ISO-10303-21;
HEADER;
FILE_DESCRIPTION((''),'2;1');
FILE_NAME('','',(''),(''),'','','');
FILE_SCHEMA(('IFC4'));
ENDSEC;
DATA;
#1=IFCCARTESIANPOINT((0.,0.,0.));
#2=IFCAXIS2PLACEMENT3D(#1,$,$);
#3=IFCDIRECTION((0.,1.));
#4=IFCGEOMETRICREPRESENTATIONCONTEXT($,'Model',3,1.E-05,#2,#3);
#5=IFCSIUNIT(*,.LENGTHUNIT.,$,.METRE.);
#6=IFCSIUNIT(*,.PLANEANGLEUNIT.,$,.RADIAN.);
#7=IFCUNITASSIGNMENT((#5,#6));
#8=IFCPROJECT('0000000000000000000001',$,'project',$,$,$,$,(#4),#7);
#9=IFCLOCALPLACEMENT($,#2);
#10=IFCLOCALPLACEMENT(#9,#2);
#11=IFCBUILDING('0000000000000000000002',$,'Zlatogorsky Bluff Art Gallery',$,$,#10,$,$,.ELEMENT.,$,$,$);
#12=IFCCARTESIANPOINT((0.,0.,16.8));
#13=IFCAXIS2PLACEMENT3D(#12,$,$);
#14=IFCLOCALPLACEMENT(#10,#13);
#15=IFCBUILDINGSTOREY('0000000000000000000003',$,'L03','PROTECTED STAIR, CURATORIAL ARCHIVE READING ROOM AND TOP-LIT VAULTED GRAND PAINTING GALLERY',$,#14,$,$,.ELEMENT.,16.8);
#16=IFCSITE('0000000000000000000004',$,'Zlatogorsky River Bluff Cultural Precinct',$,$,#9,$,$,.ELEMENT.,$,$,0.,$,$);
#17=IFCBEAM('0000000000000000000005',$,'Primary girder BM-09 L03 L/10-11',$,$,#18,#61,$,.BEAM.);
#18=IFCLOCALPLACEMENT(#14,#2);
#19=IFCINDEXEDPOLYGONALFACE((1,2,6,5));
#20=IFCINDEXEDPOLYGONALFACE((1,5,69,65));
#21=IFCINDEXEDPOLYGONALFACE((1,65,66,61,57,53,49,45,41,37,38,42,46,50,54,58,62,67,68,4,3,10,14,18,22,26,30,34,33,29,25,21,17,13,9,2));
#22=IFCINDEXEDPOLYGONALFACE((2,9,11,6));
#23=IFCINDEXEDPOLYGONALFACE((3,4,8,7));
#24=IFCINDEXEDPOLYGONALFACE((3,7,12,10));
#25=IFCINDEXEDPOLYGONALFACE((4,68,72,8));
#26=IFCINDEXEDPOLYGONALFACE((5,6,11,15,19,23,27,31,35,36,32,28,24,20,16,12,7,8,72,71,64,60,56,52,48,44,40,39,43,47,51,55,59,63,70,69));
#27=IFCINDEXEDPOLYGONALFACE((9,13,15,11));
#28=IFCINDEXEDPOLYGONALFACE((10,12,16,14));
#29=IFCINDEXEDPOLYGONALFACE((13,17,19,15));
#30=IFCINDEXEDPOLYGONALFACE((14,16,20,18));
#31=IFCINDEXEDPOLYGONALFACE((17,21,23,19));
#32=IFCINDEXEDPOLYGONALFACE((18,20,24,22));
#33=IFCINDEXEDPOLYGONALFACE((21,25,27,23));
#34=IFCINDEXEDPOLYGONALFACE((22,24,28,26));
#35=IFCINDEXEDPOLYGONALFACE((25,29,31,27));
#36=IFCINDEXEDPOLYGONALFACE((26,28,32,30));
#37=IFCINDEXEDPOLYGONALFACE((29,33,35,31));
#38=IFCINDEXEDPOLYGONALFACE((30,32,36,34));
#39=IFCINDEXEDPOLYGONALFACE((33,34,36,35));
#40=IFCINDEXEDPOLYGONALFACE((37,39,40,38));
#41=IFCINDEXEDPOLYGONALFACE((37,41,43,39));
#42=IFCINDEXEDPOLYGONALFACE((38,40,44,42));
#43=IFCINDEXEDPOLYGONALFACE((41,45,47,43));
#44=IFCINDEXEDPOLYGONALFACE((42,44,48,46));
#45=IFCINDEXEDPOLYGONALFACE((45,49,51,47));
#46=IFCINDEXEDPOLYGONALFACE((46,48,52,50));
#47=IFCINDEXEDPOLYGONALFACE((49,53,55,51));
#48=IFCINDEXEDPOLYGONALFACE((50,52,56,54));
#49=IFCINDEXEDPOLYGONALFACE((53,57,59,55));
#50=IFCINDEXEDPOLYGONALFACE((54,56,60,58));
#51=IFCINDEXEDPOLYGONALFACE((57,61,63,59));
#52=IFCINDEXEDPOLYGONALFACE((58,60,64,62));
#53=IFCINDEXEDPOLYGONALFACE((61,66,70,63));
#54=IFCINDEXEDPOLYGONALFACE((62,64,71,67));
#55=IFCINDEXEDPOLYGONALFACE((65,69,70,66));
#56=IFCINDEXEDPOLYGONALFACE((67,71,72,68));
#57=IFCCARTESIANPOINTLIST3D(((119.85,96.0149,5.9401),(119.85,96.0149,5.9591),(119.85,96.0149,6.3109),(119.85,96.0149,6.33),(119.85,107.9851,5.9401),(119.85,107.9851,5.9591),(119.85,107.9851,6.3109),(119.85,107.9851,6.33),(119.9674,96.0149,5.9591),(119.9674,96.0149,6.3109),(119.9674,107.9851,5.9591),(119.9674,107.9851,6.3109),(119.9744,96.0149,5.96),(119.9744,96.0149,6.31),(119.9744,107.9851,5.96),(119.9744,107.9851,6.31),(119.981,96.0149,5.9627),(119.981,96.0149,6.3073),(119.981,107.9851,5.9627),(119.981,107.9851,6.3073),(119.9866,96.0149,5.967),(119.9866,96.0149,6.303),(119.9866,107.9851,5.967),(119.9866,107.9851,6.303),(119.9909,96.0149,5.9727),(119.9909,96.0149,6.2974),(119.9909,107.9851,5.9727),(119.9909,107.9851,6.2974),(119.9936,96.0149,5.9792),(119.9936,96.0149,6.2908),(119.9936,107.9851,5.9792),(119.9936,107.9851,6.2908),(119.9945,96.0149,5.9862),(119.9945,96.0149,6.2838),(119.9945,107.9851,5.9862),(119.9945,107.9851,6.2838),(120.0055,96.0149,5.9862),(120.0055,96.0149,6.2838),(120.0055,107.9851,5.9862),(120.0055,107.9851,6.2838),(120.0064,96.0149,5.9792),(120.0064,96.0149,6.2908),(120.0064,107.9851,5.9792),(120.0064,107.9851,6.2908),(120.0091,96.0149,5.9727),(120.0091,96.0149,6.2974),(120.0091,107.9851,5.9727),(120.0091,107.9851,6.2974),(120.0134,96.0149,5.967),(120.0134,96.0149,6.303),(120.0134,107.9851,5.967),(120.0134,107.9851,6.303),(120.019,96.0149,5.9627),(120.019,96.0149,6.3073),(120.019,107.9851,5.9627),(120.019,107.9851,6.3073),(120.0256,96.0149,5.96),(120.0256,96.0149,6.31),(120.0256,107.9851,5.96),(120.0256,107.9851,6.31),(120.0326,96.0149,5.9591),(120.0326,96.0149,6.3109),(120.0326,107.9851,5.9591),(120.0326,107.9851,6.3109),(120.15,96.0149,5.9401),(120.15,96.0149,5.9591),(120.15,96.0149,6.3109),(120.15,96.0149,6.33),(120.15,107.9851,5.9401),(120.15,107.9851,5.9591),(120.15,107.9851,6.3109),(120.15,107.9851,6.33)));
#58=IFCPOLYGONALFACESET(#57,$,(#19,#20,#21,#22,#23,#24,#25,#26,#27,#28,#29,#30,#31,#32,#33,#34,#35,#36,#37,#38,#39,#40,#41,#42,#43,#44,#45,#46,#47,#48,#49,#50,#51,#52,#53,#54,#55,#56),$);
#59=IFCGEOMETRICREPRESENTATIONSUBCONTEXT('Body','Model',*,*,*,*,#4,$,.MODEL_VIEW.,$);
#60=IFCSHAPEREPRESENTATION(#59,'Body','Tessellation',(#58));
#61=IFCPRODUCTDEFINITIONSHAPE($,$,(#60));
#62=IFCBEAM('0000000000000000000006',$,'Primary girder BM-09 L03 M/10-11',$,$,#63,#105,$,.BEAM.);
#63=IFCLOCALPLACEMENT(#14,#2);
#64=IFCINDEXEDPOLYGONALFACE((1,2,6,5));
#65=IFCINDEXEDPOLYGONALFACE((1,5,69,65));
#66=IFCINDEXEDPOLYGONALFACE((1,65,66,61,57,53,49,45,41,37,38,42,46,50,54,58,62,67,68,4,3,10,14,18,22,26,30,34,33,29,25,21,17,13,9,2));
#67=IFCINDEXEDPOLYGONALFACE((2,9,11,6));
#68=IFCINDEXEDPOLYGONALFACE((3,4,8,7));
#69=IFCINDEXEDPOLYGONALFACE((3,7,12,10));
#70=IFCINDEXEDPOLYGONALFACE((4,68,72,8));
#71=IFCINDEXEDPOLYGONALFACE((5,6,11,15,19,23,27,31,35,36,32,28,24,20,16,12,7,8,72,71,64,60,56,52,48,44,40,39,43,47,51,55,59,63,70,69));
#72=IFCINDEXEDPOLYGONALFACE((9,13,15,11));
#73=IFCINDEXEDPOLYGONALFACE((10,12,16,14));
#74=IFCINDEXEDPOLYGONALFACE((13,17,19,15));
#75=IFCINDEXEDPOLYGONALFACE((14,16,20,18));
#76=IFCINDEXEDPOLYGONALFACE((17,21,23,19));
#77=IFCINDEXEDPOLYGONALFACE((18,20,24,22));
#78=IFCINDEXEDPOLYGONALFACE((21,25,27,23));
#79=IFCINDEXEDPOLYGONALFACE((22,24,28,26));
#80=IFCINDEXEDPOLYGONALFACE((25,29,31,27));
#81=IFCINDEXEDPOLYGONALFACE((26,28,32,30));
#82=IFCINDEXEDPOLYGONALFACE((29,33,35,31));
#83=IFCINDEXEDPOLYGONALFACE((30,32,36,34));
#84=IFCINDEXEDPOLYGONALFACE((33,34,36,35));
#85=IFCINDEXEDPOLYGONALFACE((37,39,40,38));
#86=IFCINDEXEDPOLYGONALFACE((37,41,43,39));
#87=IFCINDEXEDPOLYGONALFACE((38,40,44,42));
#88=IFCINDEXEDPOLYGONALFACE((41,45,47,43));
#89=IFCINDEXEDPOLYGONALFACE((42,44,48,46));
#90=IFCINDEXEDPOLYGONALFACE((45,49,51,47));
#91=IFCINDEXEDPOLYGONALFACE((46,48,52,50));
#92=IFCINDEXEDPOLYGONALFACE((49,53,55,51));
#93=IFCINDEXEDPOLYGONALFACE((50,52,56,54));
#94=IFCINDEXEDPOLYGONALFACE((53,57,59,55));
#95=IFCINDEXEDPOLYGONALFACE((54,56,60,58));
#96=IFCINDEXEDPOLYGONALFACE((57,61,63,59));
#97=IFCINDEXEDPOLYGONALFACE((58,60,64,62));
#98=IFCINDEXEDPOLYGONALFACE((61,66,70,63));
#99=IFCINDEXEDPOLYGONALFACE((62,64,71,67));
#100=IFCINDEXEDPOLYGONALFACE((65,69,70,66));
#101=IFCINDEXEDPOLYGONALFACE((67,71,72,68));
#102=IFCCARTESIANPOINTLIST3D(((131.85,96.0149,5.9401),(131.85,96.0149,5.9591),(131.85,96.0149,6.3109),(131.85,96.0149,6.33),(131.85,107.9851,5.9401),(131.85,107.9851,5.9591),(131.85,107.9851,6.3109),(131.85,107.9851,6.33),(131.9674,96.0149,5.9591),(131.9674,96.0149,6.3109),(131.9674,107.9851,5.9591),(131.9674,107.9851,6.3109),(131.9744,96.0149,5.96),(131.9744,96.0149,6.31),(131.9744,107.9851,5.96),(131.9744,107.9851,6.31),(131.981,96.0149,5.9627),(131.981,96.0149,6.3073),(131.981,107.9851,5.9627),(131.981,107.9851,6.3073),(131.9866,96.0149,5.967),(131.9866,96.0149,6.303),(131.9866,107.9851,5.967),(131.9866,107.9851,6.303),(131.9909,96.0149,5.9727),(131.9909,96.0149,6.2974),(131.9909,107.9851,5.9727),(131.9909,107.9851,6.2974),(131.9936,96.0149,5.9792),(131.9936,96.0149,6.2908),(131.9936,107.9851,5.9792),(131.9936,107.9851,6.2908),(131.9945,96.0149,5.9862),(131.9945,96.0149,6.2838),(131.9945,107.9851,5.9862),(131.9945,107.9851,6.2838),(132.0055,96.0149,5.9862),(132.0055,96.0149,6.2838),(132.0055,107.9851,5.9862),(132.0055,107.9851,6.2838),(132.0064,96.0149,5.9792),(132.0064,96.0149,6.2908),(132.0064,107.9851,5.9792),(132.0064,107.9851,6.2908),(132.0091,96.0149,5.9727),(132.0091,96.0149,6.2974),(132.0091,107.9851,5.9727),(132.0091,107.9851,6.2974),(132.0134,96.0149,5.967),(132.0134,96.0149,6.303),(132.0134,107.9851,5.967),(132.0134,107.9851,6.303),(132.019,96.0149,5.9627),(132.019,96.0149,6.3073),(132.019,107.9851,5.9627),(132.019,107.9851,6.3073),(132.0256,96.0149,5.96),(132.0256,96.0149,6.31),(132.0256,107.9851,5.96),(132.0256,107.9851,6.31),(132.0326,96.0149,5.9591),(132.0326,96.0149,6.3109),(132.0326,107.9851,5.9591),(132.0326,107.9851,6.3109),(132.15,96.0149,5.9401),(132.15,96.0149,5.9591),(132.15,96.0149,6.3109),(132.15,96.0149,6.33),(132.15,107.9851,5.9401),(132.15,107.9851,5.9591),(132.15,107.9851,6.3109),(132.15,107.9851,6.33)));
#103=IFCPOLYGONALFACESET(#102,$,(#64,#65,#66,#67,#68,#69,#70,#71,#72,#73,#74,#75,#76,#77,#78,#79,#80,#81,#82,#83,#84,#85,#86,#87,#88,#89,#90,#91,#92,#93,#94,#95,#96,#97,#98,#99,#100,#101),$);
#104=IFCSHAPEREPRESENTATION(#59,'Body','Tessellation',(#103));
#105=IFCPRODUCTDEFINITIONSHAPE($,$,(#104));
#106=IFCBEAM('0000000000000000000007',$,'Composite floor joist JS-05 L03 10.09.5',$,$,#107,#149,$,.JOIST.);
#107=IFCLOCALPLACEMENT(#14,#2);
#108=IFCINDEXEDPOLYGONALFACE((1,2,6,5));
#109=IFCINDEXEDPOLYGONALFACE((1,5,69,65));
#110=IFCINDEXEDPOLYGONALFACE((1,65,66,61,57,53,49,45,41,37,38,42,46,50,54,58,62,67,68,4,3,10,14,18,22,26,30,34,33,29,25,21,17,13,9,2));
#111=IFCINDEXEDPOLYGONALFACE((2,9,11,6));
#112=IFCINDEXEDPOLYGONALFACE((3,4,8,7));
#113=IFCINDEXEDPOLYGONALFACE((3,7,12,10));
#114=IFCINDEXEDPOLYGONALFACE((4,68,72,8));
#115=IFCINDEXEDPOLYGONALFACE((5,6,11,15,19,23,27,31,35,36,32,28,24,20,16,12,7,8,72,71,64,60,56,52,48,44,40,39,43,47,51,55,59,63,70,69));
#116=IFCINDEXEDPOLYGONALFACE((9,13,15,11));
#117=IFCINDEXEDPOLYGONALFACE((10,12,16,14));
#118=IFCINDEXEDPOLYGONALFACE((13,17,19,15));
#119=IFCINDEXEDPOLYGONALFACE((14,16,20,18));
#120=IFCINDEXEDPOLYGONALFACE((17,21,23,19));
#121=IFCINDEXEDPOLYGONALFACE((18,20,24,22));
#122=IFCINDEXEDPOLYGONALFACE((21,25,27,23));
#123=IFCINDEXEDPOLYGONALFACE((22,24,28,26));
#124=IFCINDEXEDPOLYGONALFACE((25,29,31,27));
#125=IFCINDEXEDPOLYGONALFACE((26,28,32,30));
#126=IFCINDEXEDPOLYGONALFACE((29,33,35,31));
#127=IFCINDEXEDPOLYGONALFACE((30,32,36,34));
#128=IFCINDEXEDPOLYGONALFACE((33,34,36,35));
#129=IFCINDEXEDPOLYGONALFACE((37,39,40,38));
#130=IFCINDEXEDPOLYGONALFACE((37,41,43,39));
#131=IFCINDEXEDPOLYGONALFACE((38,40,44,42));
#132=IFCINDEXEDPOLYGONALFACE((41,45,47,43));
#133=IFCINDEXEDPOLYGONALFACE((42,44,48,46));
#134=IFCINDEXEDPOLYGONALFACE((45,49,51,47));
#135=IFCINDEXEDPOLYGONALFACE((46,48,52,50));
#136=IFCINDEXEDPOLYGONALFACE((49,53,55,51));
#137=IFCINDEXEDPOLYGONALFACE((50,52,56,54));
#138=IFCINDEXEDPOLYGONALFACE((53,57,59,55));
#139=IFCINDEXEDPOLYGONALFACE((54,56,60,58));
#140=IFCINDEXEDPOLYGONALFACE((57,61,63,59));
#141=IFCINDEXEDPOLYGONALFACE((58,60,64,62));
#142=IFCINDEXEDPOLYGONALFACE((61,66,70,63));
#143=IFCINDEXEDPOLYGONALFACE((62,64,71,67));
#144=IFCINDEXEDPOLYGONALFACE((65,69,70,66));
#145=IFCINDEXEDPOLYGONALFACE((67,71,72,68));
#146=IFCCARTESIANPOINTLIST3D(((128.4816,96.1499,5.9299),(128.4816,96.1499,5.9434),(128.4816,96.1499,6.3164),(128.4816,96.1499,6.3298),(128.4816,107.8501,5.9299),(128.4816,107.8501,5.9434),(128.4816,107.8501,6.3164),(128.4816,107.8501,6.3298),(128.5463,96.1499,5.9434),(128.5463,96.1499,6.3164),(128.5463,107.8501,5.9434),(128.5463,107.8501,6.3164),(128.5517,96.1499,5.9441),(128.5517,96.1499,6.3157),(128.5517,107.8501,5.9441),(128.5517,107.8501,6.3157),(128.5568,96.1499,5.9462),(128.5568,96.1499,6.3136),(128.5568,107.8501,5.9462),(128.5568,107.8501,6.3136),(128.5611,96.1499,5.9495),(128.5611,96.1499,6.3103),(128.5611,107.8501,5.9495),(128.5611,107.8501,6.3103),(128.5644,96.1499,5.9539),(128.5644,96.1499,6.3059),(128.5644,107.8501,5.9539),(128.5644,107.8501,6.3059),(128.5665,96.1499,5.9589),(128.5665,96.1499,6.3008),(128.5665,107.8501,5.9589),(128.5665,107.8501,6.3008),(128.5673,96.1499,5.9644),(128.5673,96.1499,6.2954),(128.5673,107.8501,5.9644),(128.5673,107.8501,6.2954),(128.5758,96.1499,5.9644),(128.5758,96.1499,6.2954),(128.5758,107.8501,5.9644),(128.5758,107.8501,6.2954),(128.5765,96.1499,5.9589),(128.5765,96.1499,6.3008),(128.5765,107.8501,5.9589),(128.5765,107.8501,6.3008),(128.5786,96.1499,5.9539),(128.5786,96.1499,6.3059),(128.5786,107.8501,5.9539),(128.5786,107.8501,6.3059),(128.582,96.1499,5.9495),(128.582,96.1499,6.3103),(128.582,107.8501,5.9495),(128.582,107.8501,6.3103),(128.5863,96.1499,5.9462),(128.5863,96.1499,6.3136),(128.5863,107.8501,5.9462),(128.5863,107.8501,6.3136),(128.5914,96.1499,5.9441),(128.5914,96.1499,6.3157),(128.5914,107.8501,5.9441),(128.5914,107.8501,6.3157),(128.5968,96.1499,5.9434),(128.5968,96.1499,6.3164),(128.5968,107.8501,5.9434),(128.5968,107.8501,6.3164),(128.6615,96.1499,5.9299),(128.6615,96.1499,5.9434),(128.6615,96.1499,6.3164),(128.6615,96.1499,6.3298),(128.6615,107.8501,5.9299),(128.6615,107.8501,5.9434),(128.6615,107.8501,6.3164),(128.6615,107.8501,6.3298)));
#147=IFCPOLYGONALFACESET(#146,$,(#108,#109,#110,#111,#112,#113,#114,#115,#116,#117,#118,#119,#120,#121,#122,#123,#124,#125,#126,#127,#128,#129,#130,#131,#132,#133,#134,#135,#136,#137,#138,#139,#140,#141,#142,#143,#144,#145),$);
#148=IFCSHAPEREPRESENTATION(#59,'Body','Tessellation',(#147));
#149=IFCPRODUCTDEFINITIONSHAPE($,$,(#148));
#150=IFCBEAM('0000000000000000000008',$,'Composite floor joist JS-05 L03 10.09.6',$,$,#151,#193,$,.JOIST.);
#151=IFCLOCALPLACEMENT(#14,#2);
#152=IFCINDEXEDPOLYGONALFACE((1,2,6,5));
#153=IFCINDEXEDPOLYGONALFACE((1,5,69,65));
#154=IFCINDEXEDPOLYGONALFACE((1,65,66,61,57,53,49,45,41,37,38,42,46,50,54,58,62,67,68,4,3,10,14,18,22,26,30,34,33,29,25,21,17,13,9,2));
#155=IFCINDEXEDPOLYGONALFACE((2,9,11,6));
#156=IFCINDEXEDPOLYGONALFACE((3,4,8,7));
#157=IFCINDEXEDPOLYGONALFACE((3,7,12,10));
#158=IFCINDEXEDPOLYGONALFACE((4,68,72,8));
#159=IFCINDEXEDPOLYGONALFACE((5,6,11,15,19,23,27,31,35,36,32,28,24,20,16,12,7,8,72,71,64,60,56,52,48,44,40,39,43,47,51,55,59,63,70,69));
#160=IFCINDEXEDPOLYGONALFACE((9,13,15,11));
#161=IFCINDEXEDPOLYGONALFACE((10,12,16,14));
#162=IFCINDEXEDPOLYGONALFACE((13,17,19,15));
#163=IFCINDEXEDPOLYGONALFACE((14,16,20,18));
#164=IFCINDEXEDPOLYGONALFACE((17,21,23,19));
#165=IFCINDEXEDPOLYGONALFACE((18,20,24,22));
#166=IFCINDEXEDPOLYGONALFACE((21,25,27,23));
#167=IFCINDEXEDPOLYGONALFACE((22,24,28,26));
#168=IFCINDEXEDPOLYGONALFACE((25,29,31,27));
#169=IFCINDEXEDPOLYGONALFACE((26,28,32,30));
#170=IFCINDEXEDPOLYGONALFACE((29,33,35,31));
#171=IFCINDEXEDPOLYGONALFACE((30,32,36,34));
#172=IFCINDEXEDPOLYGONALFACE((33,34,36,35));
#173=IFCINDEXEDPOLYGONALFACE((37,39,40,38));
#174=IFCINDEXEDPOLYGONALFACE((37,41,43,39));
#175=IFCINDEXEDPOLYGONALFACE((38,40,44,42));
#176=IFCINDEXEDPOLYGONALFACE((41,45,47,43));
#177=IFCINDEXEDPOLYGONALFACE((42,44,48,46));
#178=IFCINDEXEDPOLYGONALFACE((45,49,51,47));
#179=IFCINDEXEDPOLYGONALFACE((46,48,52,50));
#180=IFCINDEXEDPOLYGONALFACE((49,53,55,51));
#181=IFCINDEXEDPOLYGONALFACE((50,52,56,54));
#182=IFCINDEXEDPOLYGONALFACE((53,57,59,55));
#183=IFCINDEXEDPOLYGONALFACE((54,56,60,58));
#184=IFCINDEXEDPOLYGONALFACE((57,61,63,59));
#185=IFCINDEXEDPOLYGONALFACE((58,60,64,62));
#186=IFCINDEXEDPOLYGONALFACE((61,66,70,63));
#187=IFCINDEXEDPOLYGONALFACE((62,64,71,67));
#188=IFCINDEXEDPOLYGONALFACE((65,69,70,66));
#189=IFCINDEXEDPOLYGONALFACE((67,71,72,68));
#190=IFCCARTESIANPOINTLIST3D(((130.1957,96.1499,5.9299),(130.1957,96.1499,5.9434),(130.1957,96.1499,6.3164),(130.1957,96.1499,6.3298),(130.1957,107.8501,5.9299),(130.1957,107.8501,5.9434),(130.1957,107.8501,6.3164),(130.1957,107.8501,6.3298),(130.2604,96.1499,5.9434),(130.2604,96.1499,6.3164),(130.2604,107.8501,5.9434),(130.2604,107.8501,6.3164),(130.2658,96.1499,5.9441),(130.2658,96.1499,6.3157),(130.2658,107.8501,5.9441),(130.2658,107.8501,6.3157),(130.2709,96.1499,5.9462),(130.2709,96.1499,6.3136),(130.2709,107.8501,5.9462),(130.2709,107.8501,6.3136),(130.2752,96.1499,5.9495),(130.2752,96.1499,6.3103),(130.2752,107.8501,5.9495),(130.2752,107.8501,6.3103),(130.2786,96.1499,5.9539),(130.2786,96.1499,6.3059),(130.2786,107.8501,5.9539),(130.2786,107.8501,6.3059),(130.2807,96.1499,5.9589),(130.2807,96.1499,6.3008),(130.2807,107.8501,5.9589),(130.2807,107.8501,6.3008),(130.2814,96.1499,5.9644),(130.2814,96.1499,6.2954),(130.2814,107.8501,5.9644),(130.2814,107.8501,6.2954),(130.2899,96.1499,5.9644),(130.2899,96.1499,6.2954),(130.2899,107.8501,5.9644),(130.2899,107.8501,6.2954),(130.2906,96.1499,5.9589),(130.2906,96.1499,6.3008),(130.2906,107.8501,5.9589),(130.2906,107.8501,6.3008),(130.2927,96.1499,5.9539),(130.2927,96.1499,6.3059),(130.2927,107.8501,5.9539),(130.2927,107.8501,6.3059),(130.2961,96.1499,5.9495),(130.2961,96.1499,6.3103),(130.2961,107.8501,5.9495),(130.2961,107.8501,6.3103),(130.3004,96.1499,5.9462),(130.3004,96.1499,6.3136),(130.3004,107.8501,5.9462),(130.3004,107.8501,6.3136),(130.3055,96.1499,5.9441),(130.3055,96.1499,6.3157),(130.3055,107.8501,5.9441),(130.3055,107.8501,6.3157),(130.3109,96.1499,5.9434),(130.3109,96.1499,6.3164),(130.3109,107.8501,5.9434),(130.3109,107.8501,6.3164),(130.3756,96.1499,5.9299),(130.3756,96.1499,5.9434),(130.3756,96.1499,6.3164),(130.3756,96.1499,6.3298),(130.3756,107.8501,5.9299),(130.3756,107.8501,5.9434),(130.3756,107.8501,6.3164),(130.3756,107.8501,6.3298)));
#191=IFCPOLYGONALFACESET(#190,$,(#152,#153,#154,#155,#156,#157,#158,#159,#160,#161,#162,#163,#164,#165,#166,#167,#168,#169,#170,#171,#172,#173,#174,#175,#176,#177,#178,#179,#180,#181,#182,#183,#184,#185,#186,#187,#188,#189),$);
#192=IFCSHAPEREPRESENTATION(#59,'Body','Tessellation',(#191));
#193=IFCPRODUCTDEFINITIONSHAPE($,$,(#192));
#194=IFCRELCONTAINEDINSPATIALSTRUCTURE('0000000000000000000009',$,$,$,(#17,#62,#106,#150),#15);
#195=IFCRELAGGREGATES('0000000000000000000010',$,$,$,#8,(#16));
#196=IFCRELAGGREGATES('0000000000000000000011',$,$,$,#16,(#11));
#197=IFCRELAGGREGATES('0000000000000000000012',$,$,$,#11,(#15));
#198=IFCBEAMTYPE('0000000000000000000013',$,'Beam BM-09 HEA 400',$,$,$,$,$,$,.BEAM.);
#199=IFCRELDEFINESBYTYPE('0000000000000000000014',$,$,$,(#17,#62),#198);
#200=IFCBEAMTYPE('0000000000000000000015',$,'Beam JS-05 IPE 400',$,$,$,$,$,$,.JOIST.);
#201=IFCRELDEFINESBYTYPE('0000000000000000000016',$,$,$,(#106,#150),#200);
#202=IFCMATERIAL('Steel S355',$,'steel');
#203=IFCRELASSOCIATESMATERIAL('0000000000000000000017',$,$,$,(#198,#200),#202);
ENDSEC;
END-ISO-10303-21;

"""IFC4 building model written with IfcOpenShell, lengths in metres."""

from ifc_helpers import new_model, si_unit, direction, frame, origin, origin_2d, place, context, subcontext, project, spatial, i_section, extrude, material, material_profile, profile_set, type_object, element, save


model = new_model("IFC4")

# Units and contexts
model_context = context("Model", 3, precision=1e-05, world=origin(), true_north=direction((0.0, 1.0)))
body_context = subcontext(model_context, "Body", "Model", "MODEL_VIEW")
ifc_project = project(units=[si_unit("LENGTHUNIT", "METRE"), si_unit("PLANEANGLEUNIT", "RADIAN")], contexts=[model_context])

# Site, building, storey
site_placement = place(None, origin())
site = spatial("IfcSite", under=ifc_project, at=site_placement, Name="Zlatogorsky River Bluff Cultural Precinct", CompositionType="ELEMENT", RefElevation=0.0)
building_placement = place(site_placement, origin())
building = spatial("IfcBuilding", under=site, at=building_placement, Name="Zlatogorsky Bluff Art Gallery", CompositionType="ELEMENT")
storey_placement = place(building_placement, frame((0.0, 0.0, 16.8)))
storey = spatial("IfcBuildingStorey", under=building, at=storey_placement, Name="L03", Description="PROTECTED STAIR, CURATORIAL ARCHIVE READING ROOM AND TOP-LIT VAULTED GRAND PAINTING GALLERY", CompositionType="ELEMENT", Elevation=16.8)

# Shared definitions
ifc_material_1 = material(Name="Steel S355", Category="steel")

# Beams
ifc_material_profile_1 = material_profile(ifc_material_1, i_section(OverallWidth=0.3, OverallDepth=0.3899, WebThickness=0.011, FlangeThickness=0.019, FilletRadius=0.0271, at=origin_2d()), Name="HEA 400")
ifc_profile_set_1 = profile_set([ifc_material_profile_1], Name="Steel S355")
beam_type_1 = type_object("IfcBeamType", Name="Beam BM-09 HEA 400", PredefinedType="BEAM", material=ifc_profile_set_1)
for number, where, z_axis, x_axis, name in (
    (1, (120.0, 96.0149, 6.135), (0.0, 1.0, 0.0), (-1.0, 0.0, 0.0), "Primary girder BM-09 L03 L/10-11"),
    (2, (132.0, 96.0149, 6.135), (0.0, 1.0, 0.0), (-1.0, 0.0, 0.0), "Primary girder BM-09 L03 M/10-11"),
):
    element("IfcBeam", number, at=place(storey_placement, frame(where, z_axis=z_axis, x_axis=x_axis)), inside=storey, type_object=beam_type_1, Name=name, PredefinedType="BEAM", context=body_context, shape_type="SweptSolid", body=[
        extrude(i_section(OverallWidth=0.3, OverallDepth=0.3899, WebThickness=0.011, FlangeThickness=0.019, FilletRadius=0.0271, at=origin_2d()), origin(), (0.0, 0.0, 1.0), 11.9702),
    ])
ifc_material_profile_2 = material_profile(ifc_material_1, i_section(OverallWidth=0.1799, OverallDepth=0.3999, WebThickness=0.0085, FlangeThickness=0.0134, FilletRadius=0.021, at=origin_2d()), Name="IPE 400")
ifc_profile_set_2 = profile_set([ifc_material_profile_2], Name="Steel S355")
beam_type_2 = type_object("IfcBeamType", Name="Beam JS-05 IPE 400", PredefinedType="JOIST", material=ifc_profile_set_2)
for number, where, z_axis, x_axis, name in (
    (3, (128.5715, 96.1499, 6.1299), (0.0, 1.0, 0.0), (-1.0, 0.0, 0.0), "Composite floor joist JS-05 L03 10.09.5"),
    (4, (130.2856, 96.1499, 6.1299), (0.0, 1.0, 0.0), (-1.0, 0.0, 0.0), "Composite floor joist JS-05 L03 10.09.6"),
):
    element("IfcBeam", number, at=place(storey_placement, frame(where, z_axis=z_axis, x_axis=x_axis)), inside=storey, type_object=beam_type_2, Name=name, PredefinedType="JOIST", context=body_context, shape_type="SweptSolid", body=[
        extrude(i_section(OverallWidth=0.1799, OverallDepth=0.3999, WebThickness=0.0085, FlangeThickness=0.0134, FilletRadius=0.021, at=origin_2d()), origin(), (0.0, 0.0, 1.0), 11.7002),
    ])

save(model, "model.ifc")
